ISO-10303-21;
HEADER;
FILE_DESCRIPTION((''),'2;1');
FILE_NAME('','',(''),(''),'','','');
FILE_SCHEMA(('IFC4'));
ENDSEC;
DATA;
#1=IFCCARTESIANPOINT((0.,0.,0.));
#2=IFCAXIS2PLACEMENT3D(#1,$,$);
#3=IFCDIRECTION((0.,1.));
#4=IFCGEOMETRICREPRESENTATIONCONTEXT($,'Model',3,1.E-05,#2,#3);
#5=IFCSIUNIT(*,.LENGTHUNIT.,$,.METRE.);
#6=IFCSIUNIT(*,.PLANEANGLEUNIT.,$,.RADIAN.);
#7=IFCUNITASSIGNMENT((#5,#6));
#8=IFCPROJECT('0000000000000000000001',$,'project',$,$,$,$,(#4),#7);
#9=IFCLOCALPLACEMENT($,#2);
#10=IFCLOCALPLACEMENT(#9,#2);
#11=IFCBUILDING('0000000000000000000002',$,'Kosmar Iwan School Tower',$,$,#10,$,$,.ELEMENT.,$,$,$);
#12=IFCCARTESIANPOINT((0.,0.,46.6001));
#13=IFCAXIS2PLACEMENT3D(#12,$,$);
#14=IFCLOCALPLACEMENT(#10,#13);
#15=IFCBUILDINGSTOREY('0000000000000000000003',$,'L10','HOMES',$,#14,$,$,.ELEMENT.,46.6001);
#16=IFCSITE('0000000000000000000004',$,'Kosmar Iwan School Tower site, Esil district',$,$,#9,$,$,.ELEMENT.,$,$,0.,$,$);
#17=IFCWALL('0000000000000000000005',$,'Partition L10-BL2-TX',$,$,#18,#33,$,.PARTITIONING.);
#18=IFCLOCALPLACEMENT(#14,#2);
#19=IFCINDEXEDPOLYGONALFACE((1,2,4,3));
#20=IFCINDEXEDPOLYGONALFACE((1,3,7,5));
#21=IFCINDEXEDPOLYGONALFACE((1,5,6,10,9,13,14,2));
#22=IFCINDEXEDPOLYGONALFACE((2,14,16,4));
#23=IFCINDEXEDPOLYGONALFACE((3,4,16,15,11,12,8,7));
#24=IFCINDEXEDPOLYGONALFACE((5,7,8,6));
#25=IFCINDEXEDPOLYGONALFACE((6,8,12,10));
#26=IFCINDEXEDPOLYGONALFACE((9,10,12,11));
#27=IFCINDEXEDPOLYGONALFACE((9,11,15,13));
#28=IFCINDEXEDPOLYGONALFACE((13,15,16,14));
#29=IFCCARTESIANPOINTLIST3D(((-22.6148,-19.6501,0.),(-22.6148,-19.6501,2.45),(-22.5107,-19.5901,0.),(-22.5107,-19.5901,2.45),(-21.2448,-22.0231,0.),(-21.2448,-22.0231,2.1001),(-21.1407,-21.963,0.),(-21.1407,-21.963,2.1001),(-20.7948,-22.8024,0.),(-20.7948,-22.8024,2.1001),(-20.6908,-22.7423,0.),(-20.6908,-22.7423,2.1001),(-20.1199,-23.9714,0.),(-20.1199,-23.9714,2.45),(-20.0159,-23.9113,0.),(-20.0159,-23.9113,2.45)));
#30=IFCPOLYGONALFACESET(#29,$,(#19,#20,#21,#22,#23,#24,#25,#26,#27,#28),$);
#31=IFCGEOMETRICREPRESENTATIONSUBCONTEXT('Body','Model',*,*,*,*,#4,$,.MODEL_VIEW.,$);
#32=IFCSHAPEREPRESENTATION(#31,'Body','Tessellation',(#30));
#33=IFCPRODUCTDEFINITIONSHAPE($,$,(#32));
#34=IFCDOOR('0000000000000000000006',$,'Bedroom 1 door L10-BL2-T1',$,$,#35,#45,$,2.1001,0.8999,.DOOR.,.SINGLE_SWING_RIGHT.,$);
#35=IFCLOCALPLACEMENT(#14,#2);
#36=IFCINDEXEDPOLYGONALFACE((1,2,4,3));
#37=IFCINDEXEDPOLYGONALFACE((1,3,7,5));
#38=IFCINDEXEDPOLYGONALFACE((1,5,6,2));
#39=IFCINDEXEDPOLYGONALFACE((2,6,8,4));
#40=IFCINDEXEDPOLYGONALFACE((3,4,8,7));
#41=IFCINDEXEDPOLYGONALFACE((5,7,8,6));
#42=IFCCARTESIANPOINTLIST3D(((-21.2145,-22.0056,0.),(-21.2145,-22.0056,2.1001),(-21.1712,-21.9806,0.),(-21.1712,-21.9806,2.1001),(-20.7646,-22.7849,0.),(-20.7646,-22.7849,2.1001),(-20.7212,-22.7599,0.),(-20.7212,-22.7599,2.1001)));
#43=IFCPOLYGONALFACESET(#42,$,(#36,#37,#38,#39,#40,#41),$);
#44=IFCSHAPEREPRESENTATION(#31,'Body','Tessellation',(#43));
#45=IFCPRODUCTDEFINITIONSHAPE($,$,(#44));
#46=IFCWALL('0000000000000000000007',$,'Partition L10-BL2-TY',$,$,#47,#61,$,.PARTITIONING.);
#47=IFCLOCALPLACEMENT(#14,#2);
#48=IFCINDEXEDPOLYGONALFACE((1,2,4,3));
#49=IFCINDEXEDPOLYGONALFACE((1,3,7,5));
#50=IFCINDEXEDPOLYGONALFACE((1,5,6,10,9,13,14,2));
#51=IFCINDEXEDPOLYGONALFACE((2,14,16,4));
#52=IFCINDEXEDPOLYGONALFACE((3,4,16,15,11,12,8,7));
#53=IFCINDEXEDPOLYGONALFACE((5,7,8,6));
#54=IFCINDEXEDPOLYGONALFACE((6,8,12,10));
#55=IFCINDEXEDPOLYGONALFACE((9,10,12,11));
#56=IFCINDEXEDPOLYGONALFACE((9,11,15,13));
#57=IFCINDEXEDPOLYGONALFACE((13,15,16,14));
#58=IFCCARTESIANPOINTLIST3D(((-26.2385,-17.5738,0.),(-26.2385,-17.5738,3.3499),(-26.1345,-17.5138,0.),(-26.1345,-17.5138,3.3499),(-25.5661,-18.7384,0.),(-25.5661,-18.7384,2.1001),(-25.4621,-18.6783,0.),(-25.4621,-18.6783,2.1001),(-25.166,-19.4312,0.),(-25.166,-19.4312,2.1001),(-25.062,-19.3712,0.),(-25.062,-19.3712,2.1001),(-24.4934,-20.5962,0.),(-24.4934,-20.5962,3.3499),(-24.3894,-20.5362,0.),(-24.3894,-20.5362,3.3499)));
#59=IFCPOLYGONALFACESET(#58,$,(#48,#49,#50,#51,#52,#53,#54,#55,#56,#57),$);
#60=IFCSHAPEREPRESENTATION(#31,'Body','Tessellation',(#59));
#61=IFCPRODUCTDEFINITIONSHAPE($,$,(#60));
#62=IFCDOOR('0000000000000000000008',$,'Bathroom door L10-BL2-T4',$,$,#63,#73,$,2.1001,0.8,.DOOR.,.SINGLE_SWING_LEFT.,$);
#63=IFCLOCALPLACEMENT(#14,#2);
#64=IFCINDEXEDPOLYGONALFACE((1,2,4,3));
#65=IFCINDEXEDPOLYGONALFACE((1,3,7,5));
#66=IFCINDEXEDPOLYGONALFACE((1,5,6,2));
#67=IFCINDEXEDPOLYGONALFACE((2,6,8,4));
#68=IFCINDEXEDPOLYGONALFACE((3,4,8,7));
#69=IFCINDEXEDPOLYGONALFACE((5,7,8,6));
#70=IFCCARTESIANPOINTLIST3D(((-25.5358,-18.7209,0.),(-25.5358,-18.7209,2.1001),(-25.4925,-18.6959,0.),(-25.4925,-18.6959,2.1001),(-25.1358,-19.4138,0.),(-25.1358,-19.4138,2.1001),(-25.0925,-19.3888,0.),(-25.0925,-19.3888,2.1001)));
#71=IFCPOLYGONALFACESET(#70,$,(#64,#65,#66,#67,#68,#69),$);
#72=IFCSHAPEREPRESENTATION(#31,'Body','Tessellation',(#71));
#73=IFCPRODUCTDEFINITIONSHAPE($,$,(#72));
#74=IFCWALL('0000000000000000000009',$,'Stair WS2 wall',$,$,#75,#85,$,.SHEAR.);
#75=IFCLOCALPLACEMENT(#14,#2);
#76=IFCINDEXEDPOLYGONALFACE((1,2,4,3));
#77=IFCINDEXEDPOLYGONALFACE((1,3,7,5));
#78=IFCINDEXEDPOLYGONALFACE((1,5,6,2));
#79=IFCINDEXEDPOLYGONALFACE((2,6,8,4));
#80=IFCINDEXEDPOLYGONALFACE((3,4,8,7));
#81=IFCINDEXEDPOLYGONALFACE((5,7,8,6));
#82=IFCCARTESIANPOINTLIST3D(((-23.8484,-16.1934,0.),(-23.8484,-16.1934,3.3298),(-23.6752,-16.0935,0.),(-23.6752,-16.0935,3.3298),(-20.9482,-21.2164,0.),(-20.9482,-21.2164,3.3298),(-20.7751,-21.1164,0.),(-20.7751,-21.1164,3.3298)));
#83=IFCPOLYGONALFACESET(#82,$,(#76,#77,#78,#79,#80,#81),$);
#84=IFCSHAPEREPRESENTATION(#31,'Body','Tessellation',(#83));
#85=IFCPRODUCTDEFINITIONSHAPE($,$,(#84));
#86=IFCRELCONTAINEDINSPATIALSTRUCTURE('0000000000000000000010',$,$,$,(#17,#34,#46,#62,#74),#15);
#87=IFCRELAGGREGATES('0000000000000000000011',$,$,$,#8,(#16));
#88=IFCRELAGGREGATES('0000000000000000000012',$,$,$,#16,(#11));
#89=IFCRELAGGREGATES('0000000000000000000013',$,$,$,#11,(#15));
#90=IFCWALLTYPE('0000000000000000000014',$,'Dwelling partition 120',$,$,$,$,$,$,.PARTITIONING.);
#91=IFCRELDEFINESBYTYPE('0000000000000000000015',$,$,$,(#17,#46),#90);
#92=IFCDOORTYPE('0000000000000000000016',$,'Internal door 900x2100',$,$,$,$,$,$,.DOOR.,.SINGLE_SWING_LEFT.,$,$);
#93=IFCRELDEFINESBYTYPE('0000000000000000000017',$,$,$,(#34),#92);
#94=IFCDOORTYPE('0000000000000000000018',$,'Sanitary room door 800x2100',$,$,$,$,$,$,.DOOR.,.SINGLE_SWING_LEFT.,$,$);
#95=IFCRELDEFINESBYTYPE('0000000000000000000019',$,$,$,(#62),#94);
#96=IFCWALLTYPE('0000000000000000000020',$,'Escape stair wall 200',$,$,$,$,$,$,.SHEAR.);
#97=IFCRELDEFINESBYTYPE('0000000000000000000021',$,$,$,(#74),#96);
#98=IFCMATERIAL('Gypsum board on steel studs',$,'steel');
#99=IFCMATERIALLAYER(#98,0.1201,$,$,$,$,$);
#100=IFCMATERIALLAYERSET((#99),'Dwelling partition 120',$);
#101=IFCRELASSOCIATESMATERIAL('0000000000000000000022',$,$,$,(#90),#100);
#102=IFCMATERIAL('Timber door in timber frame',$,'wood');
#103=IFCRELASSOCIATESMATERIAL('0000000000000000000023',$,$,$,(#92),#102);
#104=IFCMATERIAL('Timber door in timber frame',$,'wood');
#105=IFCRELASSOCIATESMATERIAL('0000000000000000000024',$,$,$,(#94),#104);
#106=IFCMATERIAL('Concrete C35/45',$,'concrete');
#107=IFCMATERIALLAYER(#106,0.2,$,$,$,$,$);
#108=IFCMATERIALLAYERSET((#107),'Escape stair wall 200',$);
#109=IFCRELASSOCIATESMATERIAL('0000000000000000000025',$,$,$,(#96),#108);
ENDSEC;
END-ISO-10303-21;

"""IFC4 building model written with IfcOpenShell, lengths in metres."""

from ifc_helpers import new_model, si_unit, direction, frame, frame_2d, origin, place, context, subcontext, project, spatial, rectangle, extrude, material, layer, layer_set, type_object, element, fill, save


model = new_model("IFC4")

# Units and contexts
model_context = context("Model", 3, precision=1e-05, world=origin(), true_north=direction((0.0, 1.0)))
body_context = subcontext(model_context, "Body", "Model", "MODEL_VIEW")
ifc_project = project(units=[si_unit("LENGTHUNIT", "METRE"), si_unit("PLANEANGLEUNIT", "RADIAN")], contexts=[model_context])

# Site, building, storey
site_placement = place(None, origin())
site = spatial("IfcSite", under=ifc_project, at=site_placement, Name="Kosmar Iwan School Tower site, Esil district", CompositionType="ELEMENT", RefElevation=0.0)
building_placement = place(site_placement, origin())
building = spatial("IfcBuilding", under=site, at=building_placement, Name="Kosmar Iwan School Tower", CompositionType="ELEMENT")
storey_placement = place(building_placement, frame((0.0, 0.0, 46.6001)))
storey = spatial("IfcBuildingStorey", under=building, at=storey_placement, Name="L10", Description="HOMES", CompositionType="ELEMENT", Elevation=46.6001)

# Walls, openings, doors
ifc_material_1 = material(Name="Gypsum board on steel studs", Category="steel")
ifc_layer_1 = layer(ifc_material_1, 0.1201)
ifc_layer_set_1 = layer_set([ifc_layer_1], Name="Dwelling partition 120")
wall_type_1 = type_object("IfcWallType", Name="Dwelling partition 120", PredefinedType="PARTITIONING", material=ifc_layer_set_1)
wall_1_placement = place(storey_placement, frame((-22.5627, -19.6201, 0.0), z_axis=(0.0, 0.0, 1.0), x_axis=(0.499996, -0.866028, 0.0)))
wall_1 = element("IfcWall", 1, at=wall_1_placement, inside=storey, type_object=wall_type_1, Name="Partition L10-BL2-TX", PredefinedType="PARTITIONING", context=body_context, shape_type="SweptSolid", body=[
    extrude(rectangle(XDim=4.9897, YDim=0.1201, at=frame_2d((2.4949, 0.0))), origin(), (0.0, 0.0, 1.0), 2.45),
])
opening_1_placement = place(wall_1_placement, frame((2.74, 0.0, 0.0)))
opening_1 = element("IfcOpeningElement", 2, at=opening_1_placement, cuts=wall_1, PredefinedType="OPENING", context=body_context, shape_type="SweptSolid", body=[
    extrude(rectangle(XDim=0.8999, YDim=2.1001, at=frame_2d((0.45, 1.05))), frame((0.0, 0.072, 0.0), z_axis=(0.0, -1.0, 0.0), x_axis=(1.0, 0.0, 0.0)), (0.0, 0.0, 1.0), 0.144),
])
ifc_material_2 = material(Name="Timber door in timber frame", Category="wood")
door_type_1 = type_object("IfcDoorType", Name="Internal door 900x2100", OperationType="SINGLE_SWING_LEFT", PredefinedType="DOOR", material=ifc_material_2)
door_1_placement = place(opening_1_placement, origin())
door_1 = element("IfcDoor", 3, at=door_1_placement, inside=storey, type_object=door_type_1, Name="Bedroom 1 door L10-BL2-T1", OperationType="SINGLE_SWING_RIGHT", OverallHeight=2.1001, OverallWidth=0.8999, PredefinedType="DOOR", context=body_context, shape_type="SweptSolid", body=[
    extrude(rectangle(XDim=0.8999, YDim=2.1001, at=frame_2d((0.45, 1.05))), frame((0.0, 0.0249, 0.0), z_axis=(0.0, -1.0, 0.0), x_axis=(1.0, 0.0, 0.0)), (0.0, 0.0, 1.0), 0.05),
])
fill(opening_1, door_1)
wall_2_placement = place(storey_placement, frame((-26.1865, -17.5437, 0.0), z_axis=(0.0, 0.0, 1.0), x_axis=(0.500021, -0.866013, 0.0)))
wall_2 = element("IfcWall", 4, at=wall_2_placement, inside=storey, type_object=wall_type_1, Name="Partition L10-BL2-TY", PredefinedType="PARTITIONING", context=body_context, shape_type="SweptSolid", body=[
    extrude(rectangle(XDim=3.49, YDim=0.1201, at=frame_2d((1.7451, 0.0))), origin(), (0.0, 0.0, 1.0), 3.3499),
])
opening_2_placement = place(wall_2_placement, frame((1.345, 0.0, 0.0)))
opening_2 = element("IfcOpeningElement", 5, at=opening_2_placement, cuts=wall_2, PredefinedType="OPENING", context=body_context, shape_type="SweptSolid", body=[
    extrude(rectangle(XDim=0.8, YDim=2.1001, at=frame_2d((0.3999, 1.05))), frame((0.0, 0.072, 0.0), z_axis=(0.0, -1.0, 0.0), x_axis=(1.0, 0.0, 0.0)), (0.0, 0.0, 1.0), 0.144),
])
ifc_material_3 = material(Name="Timber door in timber frame", Category="wood")
door_type_2 = type_object("IfcDoorType", Name="Sanitary room door 800x2100", OperationType="SINGLE_SWING_LEFT", PredefinedType="DOOR", material=ifc_material_3)
door_2_placement = place(opening_2_placement, origin())
door_2 = element("IfcDoor", 6, at=door_2_placement, inside=storey, type_object=door_type_2, Name="Bathroom door L10-BL2-T4", OperationType="SINGLE_SWING_LEFT", OverallHeight=2.1001, OverallWidth=0.8, PredefinedType="DOOR", context=body_context, shape_type="SweptSolid", body=[
    extrude(rectangle(XDim=0.8, YDim=2.1001, at=frame_2d((0.3999, 1.05))), frame((0.0, 0.0249, 0.0), z_axis=(0.0, -1.0, 0.0), x_axis=(1.0, 0.0, 0.0)), (0.0, 0.0, 1.0), 0.05),
])
fill(opening_2, door_2)

# Wall
ifc_material_4 = material(Name="Concrete C35/45", Category="concrete")
ifc_layer_2 = layer(ifc_material_4, 0.2)
ifc_layer_set_2 = layer_set([ifc_layer_2], Name="Escape stair wall 200")
wall_type_2 = type_object("IfcWallType", Name="Escape stair wall 200", PredefinedType="SHEAR", material=ifc_layer_set_2)
wall_3_placement = place(storey_placement, frame((-23.7617, -16.1436, 0.0), z_axis=(0.0, 0.0, 1.0), x_axis=(0.500019, -0.866015, 0.0)))
element("IfcWall", 7, at=wall_3_placement, inside=storey, type_object=wall_type_2, Name="Stair WS2 wall", PredefinedType="SHEAR", context=body_context, shape_type="SweptSolid", body=[
    extrude(rectangle(XDim=5.8, YDim=0.2, at=frame_2d((2.8999, 0.0))), origin(), (0.0, 0.0, 1.0), 3.3298),
])

save(model, "model.ifc")
